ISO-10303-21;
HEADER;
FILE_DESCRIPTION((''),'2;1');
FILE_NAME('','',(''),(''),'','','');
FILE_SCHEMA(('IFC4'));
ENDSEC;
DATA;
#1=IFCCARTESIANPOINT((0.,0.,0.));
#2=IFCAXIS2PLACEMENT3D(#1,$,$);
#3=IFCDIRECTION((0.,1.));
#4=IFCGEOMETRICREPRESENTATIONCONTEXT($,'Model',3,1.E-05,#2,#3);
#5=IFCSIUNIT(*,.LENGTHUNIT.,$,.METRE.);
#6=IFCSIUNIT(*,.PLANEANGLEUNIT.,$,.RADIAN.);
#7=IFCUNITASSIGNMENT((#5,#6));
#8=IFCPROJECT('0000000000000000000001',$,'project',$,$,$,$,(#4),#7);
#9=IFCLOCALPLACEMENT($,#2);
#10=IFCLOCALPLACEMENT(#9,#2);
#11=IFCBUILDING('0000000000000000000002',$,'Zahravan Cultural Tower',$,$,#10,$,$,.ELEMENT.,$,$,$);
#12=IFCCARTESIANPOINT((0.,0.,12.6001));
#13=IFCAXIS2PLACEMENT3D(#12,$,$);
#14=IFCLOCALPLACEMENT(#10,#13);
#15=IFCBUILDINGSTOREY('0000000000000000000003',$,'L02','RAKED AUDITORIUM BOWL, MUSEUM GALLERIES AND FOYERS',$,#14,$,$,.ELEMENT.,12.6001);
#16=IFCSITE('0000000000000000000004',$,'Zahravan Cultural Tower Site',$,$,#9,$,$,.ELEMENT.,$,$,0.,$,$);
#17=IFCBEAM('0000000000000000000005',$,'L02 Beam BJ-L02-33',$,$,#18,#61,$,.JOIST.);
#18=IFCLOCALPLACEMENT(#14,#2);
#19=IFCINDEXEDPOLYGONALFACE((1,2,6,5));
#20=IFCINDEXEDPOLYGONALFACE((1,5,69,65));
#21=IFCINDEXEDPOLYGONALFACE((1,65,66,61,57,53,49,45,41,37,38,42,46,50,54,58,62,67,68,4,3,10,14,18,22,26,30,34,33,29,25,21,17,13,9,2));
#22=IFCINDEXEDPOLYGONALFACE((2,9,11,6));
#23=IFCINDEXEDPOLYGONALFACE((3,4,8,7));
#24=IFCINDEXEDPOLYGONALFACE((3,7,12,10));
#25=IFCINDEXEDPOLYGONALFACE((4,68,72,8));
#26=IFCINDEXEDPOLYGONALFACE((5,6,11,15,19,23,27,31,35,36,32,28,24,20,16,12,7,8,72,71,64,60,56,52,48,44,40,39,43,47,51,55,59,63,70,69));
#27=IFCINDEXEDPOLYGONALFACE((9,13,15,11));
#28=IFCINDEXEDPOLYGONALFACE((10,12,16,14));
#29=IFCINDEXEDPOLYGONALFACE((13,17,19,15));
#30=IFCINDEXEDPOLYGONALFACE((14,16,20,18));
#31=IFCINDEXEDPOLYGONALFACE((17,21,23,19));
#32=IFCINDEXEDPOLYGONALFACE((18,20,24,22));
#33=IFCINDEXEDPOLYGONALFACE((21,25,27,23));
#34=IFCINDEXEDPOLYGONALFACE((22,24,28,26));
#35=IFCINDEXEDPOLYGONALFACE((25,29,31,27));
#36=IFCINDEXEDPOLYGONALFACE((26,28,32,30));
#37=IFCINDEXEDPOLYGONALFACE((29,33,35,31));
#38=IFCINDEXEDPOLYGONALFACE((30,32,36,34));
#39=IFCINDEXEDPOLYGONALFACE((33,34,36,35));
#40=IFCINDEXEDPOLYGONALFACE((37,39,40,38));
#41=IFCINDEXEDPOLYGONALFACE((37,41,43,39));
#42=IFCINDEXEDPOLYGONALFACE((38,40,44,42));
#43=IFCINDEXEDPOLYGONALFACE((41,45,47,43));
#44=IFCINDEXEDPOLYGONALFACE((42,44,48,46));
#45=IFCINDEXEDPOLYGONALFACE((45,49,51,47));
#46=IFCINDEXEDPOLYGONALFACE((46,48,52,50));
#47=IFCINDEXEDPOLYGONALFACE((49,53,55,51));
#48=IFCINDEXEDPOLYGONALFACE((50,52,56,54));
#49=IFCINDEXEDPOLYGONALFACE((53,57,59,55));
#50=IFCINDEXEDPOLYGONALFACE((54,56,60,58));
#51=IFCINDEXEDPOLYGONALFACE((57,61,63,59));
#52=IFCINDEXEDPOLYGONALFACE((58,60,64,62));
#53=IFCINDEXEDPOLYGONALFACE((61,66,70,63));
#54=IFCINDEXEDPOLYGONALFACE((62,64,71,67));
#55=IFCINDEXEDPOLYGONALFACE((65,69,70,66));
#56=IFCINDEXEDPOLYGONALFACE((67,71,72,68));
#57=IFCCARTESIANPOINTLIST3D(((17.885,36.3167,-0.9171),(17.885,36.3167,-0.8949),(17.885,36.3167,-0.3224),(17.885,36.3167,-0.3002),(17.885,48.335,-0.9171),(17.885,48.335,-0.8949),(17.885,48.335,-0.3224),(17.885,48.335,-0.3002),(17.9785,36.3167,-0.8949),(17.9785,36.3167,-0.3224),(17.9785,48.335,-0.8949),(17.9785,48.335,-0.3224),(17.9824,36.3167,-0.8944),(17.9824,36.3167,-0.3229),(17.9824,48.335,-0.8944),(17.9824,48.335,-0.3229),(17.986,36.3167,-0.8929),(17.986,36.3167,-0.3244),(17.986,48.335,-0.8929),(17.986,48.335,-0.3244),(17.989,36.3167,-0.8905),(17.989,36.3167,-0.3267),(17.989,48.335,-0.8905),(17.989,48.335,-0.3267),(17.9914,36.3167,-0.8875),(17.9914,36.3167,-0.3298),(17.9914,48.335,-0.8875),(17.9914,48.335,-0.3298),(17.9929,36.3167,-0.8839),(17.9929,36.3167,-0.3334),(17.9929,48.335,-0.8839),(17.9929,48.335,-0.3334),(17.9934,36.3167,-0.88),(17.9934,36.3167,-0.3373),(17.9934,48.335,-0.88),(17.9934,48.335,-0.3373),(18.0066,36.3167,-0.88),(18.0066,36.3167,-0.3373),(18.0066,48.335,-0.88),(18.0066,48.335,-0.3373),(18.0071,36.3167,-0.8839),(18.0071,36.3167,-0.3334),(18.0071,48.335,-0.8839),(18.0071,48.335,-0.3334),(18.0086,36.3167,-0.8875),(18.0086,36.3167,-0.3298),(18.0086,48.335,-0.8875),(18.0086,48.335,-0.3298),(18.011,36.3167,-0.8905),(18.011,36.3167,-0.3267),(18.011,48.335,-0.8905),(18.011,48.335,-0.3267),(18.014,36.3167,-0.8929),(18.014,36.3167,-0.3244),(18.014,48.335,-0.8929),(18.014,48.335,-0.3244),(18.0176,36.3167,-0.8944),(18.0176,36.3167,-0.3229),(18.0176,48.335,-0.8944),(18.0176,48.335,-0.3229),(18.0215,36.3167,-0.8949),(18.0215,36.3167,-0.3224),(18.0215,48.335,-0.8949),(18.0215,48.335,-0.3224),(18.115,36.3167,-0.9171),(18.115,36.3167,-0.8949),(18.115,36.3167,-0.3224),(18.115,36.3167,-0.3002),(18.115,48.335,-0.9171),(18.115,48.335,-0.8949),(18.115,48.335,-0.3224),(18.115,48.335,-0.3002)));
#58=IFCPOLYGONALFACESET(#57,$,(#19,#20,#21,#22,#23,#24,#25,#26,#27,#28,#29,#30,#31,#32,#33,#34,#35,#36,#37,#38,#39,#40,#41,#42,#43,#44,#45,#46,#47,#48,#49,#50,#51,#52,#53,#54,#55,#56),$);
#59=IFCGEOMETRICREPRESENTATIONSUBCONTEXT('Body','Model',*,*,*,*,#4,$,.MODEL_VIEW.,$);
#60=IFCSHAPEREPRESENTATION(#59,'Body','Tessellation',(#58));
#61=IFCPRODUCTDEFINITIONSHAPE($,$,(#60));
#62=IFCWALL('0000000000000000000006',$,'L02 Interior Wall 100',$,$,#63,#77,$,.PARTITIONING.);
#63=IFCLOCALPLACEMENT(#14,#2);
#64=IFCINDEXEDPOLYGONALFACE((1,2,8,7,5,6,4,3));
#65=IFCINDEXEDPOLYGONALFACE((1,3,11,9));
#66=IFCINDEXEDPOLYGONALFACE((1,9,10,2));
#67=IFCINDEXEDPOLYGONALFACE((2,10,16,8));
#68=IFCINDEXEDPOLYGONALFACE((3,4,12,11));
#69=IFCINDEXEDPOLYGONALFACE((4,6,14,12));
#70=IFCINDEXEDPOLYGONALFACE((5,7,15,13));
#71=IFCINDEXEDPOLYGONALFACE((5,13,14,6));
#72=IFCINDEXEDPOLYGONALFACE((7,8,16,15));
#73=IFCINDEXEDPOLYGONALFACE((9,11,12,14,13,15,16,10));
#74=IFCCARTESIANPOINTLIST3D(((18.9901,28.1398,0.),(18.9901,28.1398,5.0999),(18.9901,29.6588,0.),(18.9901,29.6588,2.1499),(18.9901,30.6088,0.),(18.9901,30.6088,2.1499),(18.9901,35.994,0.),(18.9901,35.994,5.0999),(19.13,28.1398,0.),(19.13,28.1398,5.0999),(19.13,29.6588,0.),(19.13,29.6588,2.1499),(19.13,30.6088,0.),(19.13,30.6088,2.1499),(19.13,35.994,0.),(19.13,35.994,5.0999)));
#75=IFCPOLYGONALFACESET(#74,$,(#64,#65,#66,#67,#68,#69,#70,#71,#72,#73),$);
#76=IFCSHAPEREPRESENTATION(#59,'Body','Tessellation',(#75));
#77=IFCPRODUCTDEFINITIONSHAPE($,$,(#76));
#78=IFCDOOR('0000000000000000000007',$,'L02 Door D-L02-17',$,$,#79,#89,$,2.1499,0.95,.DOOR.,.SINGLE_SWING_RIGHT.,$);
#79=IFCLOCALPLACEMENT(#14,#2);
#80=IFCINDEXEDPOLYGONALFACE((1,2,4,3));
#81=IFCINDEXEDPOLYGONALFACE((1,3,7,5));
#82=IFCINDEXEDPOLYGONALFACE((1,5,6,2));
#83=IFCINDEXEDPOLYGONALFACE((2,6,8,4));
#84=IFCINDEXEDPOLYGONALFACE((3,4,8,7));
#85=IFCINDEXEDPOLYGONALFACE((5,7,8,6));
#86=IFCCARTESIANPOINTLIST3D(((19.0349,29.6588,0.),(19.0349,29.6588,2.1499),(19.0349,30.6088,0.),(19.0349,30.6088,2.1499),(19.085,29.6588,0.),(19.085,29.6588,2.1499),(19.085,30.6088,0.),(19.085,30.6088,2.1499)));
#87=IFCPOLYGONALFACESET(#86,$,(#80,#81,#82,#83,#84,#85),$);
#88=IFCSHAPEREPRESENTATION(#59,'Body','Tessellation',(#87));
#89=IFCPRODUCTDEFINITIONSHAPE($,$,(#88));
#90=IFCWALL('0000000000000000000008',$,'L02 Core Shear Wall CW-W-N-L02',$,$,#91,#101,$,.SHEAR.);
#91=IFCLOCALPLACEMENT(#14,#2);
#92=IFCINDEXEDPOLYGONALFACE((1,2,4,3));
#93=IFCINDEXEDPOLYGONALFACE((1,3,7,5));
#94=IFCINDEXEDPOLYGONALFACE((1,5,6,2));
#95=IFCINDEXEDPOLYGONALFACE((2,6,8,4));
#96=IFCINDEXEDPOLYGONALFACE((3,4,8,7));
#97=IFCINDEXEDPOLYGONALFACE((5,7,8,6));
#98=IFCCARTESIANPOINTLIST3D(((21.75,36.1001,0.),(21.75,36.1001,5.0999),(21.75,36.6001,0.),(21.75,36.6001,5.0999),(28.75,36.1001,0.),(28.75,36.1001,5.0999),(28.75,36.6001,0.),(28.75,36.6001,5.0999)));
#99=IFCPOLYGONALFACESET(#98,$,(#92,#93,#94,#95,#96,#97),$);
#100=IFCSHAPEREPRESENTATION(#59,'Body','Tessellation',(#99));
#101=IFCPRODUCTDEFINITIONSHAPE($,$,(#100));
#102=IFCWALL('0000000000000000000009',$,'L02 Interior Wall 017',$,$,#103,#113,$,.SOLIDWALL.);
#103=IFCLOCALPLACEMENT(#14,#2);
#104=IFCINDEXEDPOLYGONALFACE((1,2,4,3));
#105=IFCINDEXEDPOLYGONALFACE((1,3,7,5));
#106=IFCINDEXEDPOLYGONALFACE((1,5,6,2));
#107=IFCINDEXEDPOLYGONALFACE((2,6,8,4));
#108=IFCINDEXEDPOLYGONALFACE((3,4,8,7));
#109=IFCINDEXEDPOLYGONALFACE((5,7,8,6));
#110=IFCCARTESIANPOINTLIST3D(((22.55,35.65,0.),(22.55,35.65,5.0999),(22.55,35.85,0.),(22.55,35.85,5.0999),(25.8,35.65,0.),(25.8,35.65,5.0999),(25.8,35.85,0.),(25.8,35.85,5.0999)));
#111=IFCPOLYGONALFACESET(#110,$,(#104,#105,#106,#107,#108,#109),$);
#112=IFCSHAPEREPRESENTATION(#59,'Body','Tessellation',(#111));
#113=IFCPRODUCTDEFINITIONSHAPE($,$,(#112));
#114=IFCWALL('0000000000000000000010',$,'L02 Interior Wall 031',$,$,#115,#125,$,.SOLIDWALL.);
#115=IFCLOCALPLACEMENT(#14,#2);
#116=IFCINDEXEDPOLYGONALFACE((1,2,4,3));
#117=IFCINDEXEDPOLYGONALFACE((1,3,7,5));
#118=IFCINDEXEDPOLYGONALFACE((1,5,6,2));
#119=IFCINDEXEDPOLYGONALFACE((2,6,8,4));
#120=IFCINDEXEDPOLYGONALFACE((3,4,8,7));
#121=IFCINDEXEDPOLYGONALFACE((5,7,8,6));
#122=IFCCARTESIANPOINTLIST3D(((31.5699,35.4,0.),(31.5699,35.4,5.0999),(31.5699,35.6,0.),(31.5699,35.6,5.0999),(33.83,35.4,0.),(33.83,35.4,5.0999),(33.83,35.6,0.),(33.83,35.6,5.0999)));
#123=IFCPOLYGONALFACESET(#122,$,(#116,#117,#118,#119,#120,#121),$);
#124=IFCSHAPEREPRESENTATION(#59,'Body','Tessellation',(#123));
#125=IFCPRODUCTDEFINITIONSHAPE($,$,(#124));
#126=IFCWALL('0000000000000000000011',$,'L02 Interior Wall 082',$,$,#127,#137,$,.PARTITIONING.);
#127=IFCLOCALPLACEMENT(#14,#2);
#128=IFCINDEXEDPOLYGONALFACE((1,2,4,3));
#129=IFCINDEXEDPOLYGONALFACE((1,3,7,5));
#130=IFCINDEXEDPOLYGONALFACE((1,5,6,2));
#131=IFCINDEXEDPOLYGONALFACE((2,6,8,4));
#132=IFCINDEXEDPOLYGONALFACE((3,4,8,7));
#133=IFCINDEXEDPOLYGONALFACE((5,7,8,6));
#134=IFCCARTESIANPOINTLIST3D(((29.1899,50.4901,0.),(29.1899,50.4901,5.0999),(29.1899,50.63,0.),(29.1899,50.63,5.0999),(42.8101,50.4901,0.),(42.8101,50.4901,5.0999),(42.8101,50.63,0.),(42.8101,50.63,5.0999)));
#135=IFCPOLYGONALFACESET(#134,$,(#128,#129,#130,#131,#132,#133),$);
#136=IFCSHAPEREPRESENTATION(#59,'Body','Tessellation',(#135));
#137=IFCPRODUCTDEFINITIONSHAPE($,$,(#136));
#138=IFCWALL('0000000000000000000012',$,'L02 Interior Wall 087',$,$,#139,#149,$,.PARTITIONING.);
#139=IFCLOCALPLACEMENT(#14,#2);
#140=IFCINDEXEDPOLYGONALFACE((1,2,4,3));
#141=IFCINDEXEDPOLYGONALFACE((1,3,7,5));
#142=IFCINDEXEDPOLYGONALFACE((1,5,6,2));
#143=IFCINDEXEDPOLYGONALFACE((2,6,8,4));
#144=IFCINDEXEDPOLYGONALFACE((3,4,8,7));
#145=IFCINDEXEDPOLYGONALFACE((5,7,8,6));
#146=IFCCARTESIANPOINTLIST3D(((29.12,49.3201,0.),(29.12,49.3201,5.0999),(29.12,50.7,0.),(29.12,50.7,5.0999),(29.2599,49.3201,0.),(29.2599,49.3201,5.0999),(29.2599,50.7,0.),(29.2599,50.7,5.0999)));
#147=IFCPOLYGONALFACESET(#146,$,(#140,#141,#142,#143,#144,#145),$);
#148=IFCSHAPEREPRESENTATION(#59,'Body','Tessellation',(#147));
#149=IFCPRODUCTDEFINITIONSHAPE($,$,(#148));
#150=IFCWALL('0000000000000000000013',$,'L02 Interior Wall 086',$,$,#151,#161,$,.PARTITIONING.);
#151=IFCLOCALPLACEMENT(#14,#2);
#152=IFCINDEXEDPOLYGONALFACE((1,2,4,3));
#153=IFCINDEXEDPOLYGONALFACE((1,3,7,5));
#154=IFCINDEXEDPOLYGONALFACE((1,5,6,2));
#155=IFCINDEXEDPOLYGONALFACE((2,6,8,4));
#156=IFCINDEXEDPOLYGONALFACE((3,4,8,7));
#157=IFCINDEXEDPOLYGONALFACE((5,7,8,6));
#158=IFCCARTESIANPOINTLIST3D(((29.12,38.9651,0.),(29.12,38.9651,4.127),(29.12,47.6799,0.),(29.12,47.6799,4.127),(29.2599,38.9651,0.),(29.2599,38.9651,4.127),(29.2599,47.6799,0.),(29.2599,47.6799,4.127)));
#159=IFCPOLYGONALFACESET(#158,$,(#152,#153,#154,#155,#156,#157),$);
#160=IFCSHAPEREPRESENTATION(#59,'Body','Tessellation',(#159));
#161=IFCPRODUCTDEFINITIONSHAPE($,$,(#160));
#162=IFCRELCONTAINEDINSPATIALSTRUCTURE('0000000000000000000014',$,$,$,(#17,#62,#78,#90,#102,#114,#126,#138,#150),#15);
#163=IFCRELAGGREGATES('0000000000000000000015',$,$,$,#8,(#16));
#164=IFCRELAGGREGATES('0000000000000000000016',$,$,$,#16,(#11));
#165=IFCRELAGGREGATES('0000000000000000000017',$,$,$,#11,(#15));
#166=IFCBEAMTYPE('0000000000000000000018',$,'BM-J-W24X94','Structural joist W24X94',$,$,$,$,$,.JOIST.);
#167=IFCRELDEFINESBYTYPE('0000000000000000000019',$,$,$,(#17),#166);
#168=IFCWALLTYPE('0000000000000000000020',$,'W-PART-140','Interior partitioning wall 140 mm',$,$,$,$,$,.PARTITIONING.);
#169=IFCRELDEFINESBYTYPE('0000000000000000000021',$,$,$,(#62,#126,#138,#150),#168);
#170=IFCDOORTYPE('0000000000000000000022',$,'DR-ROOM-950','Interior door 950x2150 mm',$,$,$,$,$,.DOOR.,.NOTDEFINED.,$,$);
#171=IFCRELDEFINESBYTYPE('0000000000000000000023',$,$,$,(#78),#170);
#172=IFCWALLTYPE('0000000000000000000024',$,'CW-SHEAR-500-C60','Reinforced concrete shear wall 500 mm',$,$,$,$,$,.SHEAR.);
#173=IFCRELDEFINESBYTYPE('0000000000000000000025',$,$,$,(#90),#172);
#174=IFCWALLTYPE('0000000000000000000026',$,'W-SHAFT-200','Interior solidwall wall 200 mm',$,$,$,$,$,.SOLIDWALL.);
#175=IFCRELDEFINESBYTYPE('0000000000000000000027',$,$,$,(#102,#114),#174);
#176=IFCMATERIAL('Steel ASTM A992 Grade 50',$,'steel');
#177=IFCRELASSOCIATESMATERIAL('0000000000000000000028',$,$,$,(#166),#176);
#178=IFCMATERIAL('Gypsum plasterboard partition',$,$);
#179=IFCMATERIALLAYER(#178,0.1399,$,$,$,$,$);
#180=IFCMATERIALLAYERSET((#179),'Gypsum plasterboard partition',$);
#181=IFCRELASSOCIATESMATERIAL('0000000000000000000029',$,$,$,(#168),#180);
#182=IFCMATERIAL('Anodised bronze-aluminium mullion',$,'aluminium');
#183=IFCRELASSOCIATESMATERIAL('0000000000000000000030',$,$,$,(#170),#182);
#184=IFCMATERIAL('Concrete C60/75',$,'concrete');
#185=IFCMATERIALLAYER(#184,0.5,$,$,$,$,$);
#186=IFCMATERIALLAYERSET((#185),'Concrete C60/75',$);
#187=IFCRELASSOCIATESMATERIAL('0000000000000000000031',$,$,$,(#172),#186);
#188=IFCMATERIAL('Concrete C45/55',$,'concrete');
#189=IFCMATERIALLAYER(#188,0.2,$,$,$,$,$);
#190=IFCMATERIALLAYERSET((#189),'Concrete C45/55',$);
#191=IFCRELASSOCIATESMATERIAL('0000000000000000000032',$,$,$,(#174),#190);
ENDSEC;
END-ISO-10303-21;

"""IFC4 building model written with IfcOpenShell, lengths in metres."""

from ifc_helpers import new_model, si_unit, direction, frame, frame_2d, origin, origin_2d, place, context, subcontext, project, spatial, rectangle, i_section, extrude, source, transform, mapped, material, layer, layer_set, material_profile, profile_set, type_object, element, fill, save


model = new_model("IFC4")

# Units and contexts
model_context = context("Model", 3, precision=1e-05, world=origin(), true_north=direction((0.0, 1.0)))
body_context = subcontext(model_context, "Body", "Model", "MODEL_VIEW")
ifc_project = project(units=[si_unit("LENGTHUNIT", "METRE"), si_unit("PLANEANGLEUNIT", "RADIAN")], contexts=[model_context])

# Site, building, storey
site_placement = place(None, origin())
site = spatial("IfcSite", under=ifc_project, at=site_placement, Name="Zahravan Cultural Tower Site", CompositionType="ELEMENT", RefElevation=0.0)
building_placement = place(site_placement, origin())
building = spatial("IfcBuilding", under=site, at=building_placement, Name="Zahravan Cultural Tower", CompositionType="ELEMENT")
storey_placement = place(building_placement, frame((0.0, 0.0, 12.6001)))
storey = spatial("IfcBuildingStorey", under=building, at=storey_placement, Name="L02", Description="RAKED AUDITORIUM BOWL, MUSEUM GALLERIES AND FOYERS", CompositionType="ELEMENT", Elevation=12.6001)

# Shared definitions
ifc_material_1 = material(Name="Concrete C60/75", Category="concrete")
ifc_material_2 = material(Name="Concrete C45/55", Category="concrete")

# Beam
ifc_material_3 = material(Name="Steel ASTM A992 Grade 50", Category="steel")
ifc_material_profile_1 = material_profile(ifc_material_3, i_section(OverallWidth=0.23, OverallDepth=0.6169, WebThickness=0.0132, FlangeThickness=0.0222, FilletRadius=0.0149, at=origin_2d()), Name="W24X94")
ifc_profile_set_1 = profile_set([ifc_material_profile_1], Name="Steel ASTM A992 Grade 50")
beam_type_1 = type_object("IfcBeamType", Name="BM-J-W24X94", Description="Structural joist W24X94", PredefinedType="JOIST", material=ifc_profile_set_1)
shared_shape_1 = source(origin(), body_context, "Body", "SweptSolid", [
    extrude(i_section(OverallWidth=0.23, OverallDepth=0.6169, WebThickness=0.0132, FlangeThickness=0.0222, FilletRadius=0.0149, at=origin_2d()), origin(), (0.0, 0.0, 1.0), 12.0183),
])
beam_1_placement = place(storey_placement, frame((18.0, 36.3167, -0.6086), z_axis=(0.0, 1.0, 0.0), x_axis=(-1.0, 0.0, 0.0)))
element("IfcBeam", 1, at=beam_1_placement, inside=storey, type_object=beam_type_1, Name="L02 Beam BJ-L02-33", PredefinedType="JOIST", context=body_context, shape_type="MappedRepresentation", body=[
    mapped(shared_shape_1, transform((0.0, 0.0, 0.0), x_axis=(1.0, 0.0, 0.0), y_axis=(0.0, 1.0, 0.0), z_axis=(0.0, 0.0, 1.0), scale=1.0)),
])

# Wall, opening, door
ifc_material_4 = material(Name="Gypsum plasterboard partition")
ifc_layer_1 = layer(ifc_material_4, 0.1399)
ifc_layer_set_1 = layer_set([ifc_layer_1], Name="Gypsum plasterboard partition")
wall_type_1 = type_object("IfcWallType", Name="W-PART-140", Description="Interior partitioning wall 140 mm", PredefinedType="PARTITIONING", material=ifc_layer_set_1)
wall_1_placement = place(storey_placement, frame((19.0601, 35.9941, 0.0), z_axis=(0.0, 0.0, 1.0), x_axis=(0.0, -1.0, 0.0)))
wall_1 = element("IfcWall", 2, at=wall_1_placement, inside=storey, type_object=wall_type_1, Name="L02 Interior Wall 100", PredefinedType="PARTITIONING", context=body_context, shape_type="SweptSolid", body=[
    extrude(rectangle(XDim=7.8542, YDim=0.1399, at=frame_2d((3.9272, 0.0))), origin(), (0.0, 0.0, 1.0), 5.0999),
])
opening_placement = place(wall_1_placement, frame((5.3853, 0.0, 0.0)))
opening = element("IfcOpeningElement", 3, at=opening_placement, cuts=wall_1, PredefinedType="OPENING", context=body_context, shape_type="SweptSolid", body=[
    extrude(rectangle(XDim=0.95, YDim=2.1499, at=frame_2d((0.4751, 1.075))), frame((0.0, 0.0798, 0.0), z_axis=(0.0, -1.0, 0.0), x_axis=(1.0, 0.0, 0.0)), (0.0, 0.0, 1.0), 0.1599),
])
ifc_material_5 = material(Name="Anodised bronze-aluminium mullion", Category="aluminium")
door_type = type_object("IfcDoorType", Name="DR-ROOM-950", Description="Interior door 950x2150 mm", OperationType="NOTDEFINED", PredefinedType="DOOR", material=ifc_material_5)
shared_shape_2 = source(origin(), body_context, "Body", "SweptSolid", [
    extrude(rectangle(XDim=0.95, YDim=2.1499, at=frame_2d((0.4751, 1.075))), frame((0.0, 0.0249, 0.0), z_axis=(0.0, -1.0, 0.0), x_axis=(1.0, 0.0, 0.0)), (0.0, 0.0, 1.0), 0.05),
])
door_placement = place(opening_placement, origin())
door = element("IfcDoor", 4, at=door_placement, inside=storey, type_object=door_type, Name="L02 Door D-L02-17", OperationType="SINGLE_SWING_RIGHT", OverallHeight=2.1499, OverallWidth=0.95, PredefinedType="DOOR", context=body_context, shape_type="MappedRepresentation", body=[
    mapped(shared_shape_2, transform((0.0, 0.0, 0.0), x_axis=(1.0, 0.0, 0.0), y_axis=(0.0, 1.0, 0.0), z_axis=(0.0, 0.0, 1.0), scale=1.0)),
])
fill(opening, door)

# Walls
ifc_layer_2 = layer(ifc_material_1, 0.5)
ifc_layer_set_2 = layer_set([ifc_layer_2], Name="Concrete C60/75")
wall_type_2 = type_object("IfcWallType", Name="CW-SHEAR-500-C60", Description="Reinforced concrete shear wall 500 mm", PredefinedType="SHEAR", material=ifc_layer_set_2)
shared_shape_3 = source(origin(), body_context, "Body", "SweptSolid", [
    extrude(rectangle(XDim=7.0, YDim=0.5, at=frame_2d((3.5, 0.0))), origin(), (0.0, 0.0, 1.0), 5.0999),
])
wall_2_placement = place(storey_placement, frame((21.75, 36.3501, 0.0), z_axis=(0.0, 0.0, 1.0), x_axis=(1.0, 0.0, 0.0)))
element("IfcWall", 5, at=wall_2_placement, inside=storey, type_object=wall_type_2, Name="L02 Core Shear Wall CW-W-N-L02", PredefinedType="SHEAR", context=body_context, shape_type="MappedRepresentation", body=[
    mapped(shared_shape_3, transform((0.0, 0.0, 0.0), x_axis=(1.0, 0.0, 0.0), y_axis=(0.0, 1.0, 0.0), z_axis=(0.0, 0.0, 1.0), scale=1.0)),
])
ifc_layer_3 = layer(ifc_material_2, 0.2)
ifc_layer_set_3 = layer_set([ifc_layer_3], Name="Concrete C45/55")
wall_type_3 = type_object("IfcWallType", Name="W-SHAFT-200", Description="Interior solidwall wall 200 mm", PredefinedType="SOLIDWALL", material=ifc_layer_set_3)
shared_shape_4 = source(origin(), body_context, "Body", "SweptSolid", [
    extrude(rectangle(XDim=3.25, YDim=0.2, at=frame_2d((1.625, 0.0))), origin(), (0.0, 0.0, 1.0), 5.0999),
])
wall_3_placement = place(storey_placement, frame((22.55, 35.75, 0.0), z_axis=(0.0, 0.0, 1.0), x_axis=(1.0, 0.0, 0.0)))
element("IfcWall", 6, at=wall_3_placement, inside=storey, type_object=wall_type_3, Name="L02 Interior Wall 017", PredefinedType="SOLIDWALL", context=body_context, shape_type="MappedRepresentation", body=[
    mapped(shared_shape_4, transform((0.0, 0.0, 0.0), x_axis=(1.0, 0.0, 0.0), y_axis=(0.0, 1.0, 0.0), z_axis=(0.0, 0.0, 1.0), scale=1.0)),
])
shared_shape_5 = source(origin(), body_context, "Body", "SweptSolid", [
    extrude(rectangle(XDim=2.26, YDim=0.2, at=frame_2d((1.1299, 0.0))), origin(), (0.0, 0.0, 1.0), 5.0999),
])
wall_4_placement = place(storey_placement, frame((31.5701, 35.5, 0.0), z_axis=(0.0, 0.0, 1.0), x_axis=(1.0, 0.0, 0.0)))
element("IfcWall", 7, at=wall_4_placement, inside=storey, type_object=wall_type_3, Name="L02 Interior Wall 031", PredefinedType="SOLIDWALL", context=body_context, shape_type="MappedRepresentation", body=[
    mapped(shared_shape_5, transform((0.0, 0.0, 0.0), x_axis=(1.0, 0.0, 0.0), y_axis=(0.0, 1.0, 0.0), z_axis=(0.0, 0.0, 1.0), scale=1.0)),
])
shared_shape_6 = source(origin(), body_context, "Body", "SweptSolid", [
    extrude(rectangle(XDim=13.6201, YDim=0.1399, at=frame_2d((6.8101, 0.0))), origin(), (0.0, 0.0, 1.0), 5.0999),
])
wall_5_placement = place(storey_placement, frame((29.1899, 50.5601, 0.0), z_axis=(0.0, 0.0, 1.0), x_axis=(1.0, 0.0, 0.0)))
element("IfcWall", 8, at=wall_5_placement, inside=storey, type_object=wall_type_1, Name="L02 Interior Wall 082", PredefinedType="PARTITIONING", context=body_context, shape_type="MappedRepresentation", body=[
    mapped(shared_shape_6, transform((0.0, 0.0, 0.0), x_axis=(1.0, 0.0, 0.0), y_axis=(0.0, 1.0, 0.0), z_axis=(0.0, 0.0, 1.0), scale=1.0)),
])
shared_shape_7 = source(origin(), body_context, "Body", "SweptSolid", [
    extrude(rectangle(XDim=1.3799, YDim=0.1399, at=frame_2d((0.6899, 0.0))), origin(), (0.0, 0.0, 1.0), 5.0999),
])
wall_6_placement = place(storey_placement, frame((29.1899, 49.3201, 0.0), z_axis=(0.0, 0.0, 1.0), x_axis=(0.0, 1.0, 0.0)))
element("IfcWall", 9, at=wall_6_placement, inside=storey, type_object=wall_type_1, Name="L02 Interior Wall 087", PredefinedType="PARTITIONING", context=body_context, shape_type="MappedRepresentation", body=[
    mapped(shared_shape_7, transform((0.0, 0.0, 0.0), x_axis=(1.0, 0.0, 0.0), y_axis=(0.0, 1.0, 0.0), z_axis=(0.0, 0.0, 1.0), scale=1.0)),
])
shared_shape_8 = source(origin(), body_context, "Body", "SweptSolid", [
    extrude(rectangle(XDim=8.7148, YDim=0.1399, at=frame_2d((4.3574, 0.0))), origin(), (0.0, 0.0, 1.0), 4.127),
])
wall_7_placement = place(storey_placement, frame((29.1899, 38.9651, 0.0), z_axis=(0.0, 0.0, 1.0), x_axis=(0.0, 1.0, 0.0)))
element("IfcWall", 10, at=wall_7_placement, inside=storey, type_object=wall_type_1, Name="L02 Interior Wall 086", PredefinedType="PARTITIONING", context=body_context, shape_type="MappedRepresentation", body=[
    mapped(shared_shape_8, transform((0.0, 0.0, 0.0), x_axis=(1.0, 0.0, 0.0), y_axis=(0.0, 1.0, 0.0), z_axis=(0.0, 0.0, 1.0), scale=1.0)),
])

save(model, "model.ifc")
